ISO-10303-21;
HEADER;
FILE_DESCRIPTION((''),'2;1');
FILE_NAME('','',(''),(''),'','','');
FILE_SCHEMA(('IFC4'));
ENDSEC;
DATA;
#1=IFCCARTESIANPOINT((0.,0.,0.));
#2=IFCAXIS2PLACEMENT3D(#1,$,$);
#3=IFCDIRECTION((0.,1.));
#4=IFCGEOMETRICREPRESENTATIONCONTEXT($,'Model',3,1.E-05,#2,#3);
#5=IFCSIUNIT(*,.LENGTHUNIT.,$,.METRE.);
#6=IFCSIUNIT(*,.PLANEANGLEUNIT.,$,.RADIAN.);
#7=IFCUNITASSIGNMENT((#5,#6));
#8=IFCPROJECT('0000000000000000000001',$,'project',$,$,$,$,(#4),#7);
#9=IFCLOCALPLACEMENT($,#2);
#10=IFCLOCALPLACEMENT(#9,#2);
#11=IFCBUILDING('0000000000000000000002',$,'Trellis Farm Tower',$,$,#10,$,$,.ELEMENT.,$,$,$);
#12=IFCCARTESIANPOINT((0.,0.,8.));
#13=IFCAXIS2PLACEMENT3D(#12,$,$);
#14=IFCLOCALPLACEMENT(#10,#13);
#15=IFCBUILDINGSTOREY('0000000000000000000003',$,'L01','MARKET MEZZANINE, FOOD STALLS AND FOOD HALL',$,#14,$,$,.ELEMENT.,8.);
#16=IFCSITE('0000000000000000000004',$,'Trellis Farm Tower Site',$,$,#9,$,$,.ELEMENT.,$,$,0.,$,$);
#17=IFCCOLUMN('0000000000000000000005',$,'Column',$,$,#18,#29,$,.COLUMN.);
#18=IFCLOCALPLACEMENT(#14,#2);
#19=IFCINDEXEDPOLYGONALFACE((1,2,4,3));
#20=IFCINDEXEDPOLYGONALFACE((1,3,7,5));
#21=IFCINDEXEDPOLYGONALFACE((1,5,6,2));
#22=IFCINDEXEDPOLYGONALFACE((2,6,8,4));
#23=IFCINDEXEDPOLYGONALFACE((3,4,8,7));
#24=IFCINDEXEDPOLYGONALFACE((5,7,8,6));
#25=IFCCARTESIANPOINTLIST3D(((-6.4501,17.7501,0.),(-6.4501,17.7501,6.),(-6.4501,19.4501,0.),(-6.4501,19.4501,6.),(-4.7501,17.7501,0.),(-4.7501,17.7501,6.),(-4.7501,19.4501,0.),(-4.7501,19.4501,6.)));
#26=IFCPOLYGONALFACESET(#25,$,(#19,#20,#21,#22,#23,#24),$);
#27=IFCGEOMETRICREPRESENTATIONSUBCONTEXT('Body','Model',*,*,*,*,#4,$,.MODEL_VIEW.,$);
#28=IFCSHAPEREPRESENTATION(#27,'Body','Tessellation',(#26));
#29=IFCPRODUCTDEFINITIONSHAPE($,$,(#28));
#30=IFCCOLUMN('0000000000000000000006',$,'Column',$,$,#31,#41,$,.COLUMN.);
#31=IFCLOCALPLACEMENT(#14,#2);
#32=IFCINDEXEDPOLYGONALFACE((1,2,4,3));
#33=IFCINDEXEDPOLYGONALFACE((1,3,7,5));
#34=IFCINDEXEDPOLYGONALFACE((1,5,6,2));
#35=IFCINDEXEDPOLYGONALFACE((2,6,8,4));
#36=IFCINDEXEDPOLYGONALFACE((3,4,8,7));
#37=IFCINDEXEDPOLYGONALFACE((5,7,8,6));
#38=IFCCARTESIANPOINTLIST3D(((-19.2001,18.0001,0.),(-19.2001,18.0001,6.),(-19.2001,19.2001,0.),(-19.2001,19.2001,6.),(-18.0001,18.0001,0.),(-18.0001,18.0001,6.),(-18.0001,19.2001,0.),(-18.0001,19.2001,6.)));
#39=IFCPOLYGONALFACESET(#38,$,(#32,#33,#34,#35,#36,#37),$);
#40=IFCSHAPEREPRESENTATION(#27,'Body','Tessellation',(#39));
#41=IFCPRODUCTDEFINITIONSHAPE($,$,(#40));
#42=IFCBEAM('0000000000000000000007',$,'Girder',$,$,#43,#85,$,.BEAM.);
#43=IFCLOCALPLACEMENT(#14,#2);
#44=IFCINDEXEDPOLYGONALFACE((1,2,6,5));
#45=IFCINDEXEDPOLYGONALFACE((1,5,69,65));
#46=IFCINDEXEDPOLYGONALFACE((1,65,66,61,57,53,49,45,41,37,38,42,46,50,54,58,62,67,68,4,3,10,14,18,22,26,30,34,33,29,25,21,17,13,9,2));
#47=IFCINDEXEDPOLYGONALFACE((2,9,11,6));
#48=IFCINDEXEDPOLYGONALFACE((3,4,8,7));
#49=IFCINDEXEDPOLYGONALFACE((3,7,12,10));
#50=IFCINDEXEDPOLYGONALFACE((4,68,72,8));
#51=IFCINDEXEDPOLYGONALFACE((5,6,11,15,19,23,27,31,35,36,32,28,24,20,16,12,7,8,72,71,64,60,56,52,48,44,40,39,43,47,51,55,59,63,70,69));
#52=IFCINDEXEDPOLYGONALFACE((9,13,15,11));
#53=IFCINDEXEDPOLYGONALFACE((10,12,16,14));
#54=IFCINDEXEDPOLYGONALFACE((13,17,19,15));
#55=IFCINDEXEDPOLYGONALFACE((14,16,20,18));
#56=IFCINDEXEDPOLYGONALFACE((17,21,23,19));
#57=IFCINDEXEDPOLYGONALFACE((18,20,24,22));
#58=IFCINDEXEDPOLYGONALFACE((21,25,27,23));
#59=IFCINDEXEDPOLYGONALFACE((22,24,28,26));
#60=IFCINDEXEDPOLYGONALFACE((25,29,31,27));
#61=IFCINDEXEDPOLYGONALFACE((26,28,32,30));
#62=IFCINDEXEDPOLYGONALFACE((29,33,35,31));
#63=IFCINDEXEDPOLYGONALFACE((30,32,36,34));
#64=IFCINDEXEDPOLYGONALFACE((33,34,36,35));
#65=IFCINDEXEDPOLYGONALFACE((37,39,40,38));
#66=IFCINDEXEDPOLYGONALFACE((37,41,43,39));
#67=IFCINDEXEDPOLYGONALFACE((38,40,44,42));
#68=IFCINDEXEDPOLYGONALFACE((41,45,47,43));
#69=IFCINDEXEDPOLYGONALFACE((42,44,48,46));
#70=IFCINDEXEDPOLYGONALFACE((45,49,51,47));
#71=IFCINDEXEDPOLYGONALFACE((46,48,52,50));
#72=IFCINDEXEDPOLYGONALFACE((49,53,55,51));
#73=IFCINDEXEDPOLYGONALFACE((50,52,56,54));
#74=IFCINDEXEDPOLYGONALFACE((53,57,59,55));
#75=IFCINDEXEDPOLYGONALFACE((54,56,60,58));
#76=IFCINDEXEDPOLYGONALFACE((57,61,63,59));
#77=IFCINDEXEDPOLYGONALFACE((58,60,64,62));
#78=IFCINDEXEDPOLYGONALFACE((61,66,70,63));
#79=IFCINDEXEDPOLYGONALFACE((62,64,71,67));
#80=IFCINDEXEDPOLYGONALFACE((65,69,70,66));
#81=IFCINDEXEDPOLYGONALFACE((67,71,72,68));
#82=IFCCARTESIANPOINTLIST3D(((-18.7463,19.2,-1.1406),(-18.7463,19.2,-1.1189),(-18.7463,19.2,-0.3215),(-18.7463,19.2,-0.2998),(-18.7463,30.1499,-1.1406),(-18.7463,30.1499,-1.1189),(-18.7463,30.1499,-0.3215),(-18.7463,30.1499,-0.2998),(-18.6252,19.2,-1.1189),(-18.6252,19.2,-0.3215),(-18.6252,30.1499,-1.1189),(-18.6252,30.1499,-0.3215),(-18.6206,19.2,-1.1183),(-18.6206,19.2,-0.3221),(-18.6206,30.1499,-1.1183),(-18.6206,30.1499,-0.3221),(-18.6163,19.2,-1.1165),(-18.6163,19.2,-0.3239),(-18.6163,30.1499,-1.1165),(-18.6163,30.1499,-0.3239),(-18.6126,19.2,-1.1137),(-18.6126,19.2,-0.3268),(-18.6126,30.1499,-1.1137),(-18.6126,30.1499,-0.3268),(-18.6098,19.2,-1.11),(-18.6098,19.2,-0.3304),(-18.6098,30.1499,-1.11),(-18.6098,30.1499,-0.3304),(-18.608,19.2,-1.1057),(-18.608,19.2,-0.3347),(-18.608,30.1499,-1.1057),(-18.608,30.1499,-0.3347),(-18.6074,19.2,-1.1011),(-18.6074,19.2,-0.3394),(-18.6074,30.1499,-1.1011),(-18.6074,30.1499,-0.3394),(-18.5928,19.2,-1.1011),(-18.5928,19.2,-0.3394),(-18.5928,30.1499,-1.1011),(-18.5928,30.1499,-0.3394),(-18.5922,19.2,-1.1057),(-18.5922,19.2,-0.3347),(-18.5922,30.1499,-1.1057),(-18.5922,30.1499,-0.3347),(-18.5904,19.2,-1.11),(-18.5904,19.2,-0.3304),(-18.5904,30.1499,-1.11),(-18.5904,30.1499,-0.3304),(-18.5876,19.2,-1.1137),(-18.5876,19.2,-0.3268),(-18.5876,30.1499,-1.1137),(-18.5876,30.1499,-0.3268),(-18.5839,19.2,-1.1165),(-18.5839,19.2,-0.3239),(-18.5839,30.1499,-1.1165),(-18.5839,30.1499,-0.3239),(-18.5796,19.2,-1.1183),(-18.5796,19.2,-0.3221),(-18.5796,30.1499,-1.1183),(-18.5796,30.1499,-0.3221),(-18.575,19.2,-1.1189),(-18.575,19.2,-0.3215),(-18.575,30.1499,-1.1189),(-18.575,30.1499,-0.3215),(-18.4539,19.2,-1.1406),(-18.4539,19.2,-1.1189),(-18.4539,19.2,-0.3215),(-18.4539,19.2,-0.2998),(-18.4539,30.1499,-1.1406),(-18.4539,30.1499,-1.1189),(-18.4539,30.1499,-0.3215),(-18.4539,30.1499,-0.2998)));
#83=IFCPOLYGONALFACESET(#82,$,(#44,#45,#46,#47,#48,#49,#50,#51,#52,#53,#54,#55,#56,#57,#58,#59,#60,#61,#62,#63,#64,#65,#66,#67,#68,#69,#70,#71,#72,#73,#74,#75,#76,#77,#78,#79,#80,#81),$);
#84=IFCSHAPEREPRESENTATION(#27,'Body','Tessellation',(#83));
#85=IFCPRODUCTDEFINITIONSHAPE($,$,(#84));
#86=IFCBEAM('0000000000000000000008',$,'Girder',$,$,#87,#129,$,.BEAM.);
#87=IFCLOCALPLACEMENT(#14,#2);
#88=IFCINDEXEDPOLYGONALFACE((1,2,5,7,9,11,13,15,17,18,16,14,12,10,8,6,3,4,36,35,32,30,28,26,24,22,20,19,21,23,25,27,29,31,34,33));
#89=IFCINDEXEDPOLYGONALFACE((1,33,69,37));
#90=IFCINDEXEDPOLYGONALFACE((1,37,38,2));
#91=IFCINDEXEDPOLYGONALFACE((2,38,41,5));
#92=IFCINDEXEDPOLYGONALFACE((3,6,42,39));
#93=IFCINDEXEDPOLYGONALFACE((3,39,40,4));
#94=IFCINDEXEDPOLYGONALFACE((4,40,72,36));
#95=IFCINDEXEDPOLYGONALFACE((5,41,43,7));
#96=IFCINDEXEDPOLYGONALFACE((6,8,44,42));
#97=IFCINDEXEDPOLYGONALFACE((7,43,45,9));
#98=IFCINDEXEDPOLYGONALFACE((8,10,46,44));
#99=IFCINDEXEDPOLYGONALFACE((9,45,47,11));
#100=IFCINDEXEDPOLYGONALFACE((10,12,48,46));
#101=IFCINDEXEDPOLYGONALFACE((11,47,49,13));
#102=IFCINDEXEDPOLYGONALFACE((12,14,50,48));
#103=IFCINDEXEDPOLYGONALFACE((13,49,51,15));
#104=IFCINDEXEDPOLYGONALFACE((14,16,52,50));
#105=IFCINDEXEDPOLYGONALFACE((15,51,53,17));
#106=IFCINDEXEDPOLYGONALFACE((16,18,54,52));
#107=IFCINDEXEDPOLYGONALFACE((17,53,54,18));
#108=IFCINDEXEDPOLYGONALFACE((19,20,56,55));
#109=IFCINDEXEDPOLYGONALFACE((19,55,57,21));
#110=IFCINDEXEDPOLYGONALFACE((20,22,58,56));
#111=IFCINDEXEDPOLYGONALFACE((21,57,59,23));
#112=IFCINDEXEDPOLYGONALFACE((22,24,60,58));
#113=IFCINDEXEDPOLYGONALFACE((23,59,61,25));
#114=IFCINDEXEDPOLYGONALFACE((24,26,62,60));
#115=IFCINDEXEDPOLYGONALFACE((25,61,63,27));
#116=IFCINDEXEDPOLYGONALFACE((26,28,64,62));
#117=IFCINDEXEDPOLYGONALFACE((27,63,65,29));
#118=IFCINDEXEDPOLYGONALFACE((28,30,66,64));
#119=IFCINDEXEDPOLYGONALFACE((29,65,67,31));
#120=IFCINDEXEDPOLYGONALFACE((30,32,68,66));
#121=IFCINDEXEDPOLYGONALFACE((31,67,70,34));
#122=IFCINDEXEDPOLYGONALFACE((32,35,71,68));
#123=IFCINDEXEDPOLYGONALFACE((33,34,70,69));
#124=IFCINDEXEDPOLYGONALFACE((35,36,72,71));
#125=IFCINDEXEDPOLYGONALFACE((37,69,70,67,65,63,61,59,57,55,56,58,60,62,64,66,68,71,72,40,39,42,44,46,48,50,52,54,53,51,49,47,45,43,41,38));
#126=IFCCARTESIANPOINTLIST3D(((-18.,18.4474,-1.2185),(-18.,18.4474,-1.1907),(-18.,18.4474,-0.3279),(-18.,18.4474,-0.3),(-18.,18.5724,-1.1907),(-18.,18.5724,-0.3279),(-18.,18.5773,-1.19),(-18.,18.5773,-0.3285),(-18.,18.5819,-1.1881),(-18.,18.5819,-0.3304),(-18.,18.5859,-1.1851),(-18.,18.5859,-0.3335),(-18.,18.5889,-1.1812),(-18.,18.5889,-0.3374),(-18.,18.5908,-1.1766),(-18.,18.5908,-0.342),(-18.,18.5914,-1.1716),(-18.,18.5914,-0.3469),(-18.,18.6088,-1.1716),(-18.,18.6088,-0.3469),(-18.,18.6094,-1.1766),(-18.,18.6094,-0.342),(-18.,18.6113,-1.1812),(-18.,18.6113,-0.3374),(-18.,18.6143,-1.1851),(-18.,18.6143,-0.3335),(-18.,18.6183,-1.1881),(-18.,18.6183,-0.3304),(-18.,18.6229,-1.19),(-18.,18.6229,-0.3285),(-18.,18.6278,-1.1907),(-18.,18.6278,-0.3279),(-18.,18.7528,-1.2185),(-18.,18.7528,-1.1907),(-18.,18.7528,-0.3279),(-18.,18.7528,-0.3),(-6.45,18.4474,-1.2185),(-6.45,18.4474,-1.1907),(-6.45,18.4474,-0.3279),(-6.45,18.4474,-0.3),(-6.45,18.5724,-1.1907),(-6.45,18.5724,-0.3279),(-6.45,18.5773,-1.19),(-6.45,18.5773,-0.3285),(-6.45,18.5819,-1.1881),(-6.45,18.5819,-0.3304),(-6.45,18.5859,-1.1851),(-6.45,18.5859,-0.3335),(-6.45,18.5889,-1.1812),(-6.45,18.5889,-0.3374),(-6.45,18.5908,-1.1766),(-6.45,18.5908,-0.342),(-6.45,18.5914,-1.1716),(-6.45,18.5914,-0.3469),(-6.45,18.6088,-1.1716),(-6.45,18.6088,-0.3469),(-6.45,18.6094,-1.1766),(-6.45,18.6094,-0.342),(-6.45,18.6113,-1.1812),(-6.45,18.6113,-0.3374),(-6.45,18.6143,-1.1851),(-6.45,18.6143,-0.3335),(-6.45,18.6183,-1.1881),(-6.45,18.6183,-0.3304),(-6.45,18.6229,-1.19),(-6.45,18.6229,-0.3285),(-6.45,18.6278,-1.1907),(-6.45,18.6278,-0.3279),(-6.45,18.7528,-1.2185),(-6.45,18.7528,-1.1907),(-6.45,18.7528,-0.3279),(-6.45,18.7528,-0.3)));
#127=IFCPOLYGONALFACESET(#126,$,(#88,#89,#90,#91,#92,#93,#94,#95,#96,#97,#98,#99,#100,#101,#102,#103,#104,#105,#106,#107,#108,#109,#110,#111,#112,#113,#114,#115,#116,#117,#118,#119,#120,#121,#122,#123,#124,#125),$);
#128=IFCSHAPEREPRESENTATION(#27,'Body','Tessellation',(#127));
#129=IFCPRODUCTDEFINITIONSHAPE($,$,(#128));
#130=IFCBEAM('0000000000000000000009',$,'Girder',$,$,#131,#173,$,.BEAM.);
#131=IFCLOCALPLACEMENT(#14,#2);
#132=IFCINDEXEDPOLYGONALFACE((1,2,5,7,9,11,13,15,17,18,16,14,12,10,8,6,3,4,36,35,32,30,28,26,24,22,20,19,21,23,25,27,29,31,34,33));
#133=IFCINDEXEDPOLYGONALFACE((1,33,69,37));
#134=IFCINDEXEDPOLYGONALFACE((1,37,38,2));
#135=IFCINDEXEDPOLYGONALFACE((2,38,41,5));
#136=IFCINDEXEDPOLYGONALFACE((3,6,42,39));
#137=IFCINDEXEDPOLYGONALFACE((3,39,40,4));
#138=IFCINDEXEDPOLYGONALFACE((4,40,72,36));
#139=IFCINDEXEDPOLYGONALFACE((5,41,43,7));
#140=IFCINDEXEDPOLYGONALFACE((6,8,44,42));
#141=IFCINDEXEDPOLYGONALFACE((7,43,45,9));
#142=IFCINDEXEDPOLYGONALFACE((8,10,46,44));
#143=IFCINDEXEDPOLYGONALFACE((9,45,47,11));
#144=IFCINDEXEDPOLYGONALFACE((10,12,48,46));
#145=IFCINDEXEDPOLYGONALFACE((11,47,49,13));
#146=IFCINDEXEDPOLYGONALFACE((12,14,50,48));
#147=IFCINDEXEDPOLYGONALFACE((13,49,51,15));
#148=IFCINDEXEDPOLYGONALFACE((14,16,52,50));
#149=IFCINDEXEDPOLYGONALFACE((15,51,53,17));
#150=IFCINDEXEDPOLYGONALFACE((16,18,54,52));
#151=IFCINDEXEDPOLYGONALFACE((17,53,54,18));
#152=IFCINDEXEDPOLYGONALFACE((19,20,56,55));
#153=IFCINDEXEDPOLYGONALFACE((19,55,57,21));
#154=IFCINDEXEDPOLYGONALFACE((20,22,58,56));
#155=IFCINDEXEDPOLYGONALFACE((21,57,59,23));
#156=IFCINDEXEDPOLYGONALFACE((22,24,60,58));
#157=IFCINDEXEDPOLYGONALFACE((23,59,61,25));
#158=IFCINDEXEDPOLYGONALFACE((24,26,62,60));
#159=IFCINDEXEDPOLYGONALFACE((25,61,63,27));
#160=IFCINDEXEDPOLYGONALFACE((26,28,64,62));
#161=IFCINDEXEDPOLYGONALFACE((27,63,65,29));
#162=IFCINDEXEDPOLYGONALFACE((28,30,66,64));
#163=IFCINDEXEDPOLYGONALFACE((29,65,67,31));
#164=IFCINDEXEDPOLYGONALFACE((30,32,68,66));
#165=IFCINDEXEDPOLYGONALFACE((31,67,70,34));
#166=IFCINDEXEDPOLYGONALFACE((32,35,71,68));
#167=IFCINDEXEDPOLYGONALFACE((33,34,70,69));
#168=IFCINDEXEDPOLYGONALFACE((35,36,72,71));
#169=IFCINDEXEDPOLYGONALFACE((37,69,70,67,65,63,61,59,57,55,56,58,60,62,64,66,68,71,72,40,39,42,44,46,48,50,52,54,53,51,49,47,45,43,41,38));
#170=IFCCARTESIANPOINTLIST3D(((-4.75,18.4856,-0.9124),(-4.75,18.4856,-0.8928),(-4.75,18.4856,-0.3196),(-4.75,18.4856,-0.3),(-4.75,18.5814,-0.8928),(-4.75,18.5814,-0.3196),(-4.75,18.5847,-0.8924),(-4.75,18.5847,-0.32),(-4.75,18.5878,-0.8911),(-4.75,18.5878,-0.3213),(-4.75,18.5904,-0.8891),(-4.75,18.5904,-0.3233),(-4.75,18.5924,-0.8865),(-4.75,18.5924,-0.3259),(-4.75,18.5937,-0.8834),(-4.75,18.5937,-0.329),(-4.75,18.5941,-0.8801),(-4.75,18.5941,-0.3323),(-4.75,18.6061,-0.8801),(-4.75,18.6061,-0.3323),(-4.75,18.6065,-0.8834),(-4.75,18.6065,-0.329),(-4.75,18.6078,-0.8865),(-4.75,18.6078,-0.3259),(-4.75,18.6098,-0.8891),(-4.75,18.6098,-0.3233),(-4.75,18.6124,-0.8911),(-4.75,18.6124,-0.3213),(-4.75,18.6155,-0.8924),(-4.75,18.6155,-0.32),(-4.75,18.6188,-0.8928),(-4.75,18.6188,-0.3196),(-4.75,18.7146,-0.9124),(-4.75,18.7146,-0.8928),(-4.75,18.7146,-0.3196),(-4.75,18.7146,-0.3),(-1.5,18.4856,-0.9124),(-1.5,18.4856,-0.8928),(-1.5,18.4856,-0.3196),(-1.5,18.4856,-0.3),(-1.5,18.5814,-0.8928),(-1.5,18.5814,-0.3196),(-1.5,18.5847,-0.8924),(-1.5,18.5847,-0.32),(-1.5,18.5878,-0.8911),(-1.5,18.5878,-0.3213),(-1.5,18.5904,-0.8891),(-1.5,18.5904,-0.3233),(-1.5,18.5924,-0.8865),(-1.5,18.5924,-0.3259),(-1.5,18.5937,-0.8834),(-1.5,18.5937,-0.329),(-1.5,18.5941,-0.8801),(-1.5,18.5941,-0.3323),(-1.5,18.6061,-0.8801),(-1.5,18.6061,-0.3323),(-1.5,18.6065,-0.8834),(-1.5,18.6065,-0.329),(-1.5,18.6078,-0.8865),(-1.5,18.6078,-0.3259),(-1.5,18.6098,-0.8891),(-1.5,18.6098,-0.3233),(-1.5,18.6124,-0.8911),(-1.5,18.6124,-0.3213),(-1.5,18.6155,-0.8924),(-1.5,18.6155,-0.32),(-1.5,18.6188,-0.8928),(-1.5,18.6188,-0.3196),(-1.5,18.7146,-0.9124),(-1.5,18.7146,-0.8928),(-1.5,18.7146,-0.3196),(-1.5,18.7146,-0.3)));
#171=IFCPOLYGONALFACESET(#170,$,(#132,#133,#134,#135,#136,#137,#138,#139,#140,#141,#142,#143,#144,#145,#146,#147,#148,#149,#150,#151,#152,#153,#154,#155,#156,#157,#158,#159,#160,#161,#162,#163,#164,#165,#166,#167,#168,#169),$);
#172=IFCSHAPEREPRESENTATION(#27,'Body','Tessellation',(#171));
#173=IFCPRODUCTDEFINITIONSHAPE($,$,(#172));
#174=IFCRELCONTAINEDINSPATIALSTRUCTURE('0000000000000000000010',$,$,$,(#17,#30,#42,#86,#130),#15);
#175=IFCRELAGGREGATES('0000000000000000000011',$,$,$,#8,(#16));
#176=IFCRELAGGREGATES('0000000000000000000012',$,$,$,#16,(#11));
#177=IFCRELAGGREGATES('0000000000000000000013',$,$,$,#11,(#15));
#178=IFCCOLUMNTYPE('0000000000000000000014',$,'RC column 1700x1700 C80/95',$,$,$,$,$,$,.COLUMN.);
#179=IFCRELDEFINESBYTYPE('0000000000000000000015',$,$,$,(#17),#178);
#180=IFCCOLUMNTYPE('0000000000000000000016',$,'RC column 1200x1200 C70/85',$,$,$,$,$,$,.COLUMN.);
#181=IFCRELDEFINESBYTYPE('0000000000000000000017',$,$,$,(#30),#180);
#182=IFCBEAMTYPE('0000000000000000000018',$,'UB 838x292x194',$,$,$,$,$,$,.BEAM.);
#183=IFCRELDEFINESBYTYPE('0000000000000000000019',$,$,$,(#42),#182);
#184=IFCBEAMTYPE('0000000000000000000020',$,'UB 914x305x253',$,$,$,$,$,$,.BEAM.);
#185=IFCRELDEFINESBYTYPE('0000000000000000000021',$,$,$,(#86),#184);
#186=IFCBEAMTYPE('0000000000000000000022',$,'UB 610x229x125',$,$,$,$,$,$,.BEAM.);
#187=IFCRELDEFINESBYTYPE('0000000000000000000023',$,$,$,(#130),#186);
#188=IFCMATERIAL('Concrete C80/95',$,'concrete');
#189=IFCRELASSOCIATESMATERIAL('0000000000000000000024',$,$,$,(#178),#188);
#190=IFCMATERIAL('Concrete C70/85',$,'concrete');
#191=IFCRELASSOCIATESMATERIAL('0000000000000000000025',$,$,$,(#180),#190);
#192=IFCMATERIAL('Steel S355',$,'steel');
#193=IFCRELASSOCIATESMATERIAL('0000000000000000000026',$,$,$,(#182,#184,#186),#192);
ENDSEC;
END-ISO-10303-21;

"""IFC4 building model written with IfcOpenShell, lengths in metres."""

from ifc_helpers import new_model, si_unit, direction, frame, origin, origin_2d, place, context, subcontext, project, spatial, rectangle, i_section, extrude, source, transform, mapped, material, material_profile, profile_set, type_object, element, save


model = new_model("IFC4")

# Units and contexts
model_context = context("Model", 3, precision=1e-05, world=origin(), true_north=direction((0.0, 1.0)))
body_context = subcontext(model_context, "Body", "Model", "MODEL_VIEW")
ifc_project = project(units=[si_unit("LENGTHUNIT", "METRE"), si_unit("PLANEANGLEUNIT", "RADIAN")], contexts=[model_context])

# Site, building, storey
site_placement = place(None, origin())
site = spatial("IfcSite", under=ifc_project, at=site_placement, Name="Trellis Farm Tower Site", CompositionType="ELEMENT", RefElevation=0.0)
building_placement = place(site_placement, origin())
building = spatial("IfcBuilding", under=site, at=building_placement, Name="Trellis Farm Tower", CompositionType="ELEMENT")
storey_placement = place(building_placement, frame((0.0, 0.0, 8.0)))
storey = spatial("IfcBuildingStorey", under=building, at=storey_placement, Name="L01", Description="MARKET MEZZANINE, FOOD STALLS AND FOOD HALL", CompositionType="ELEMENT", Elevation=8.0)

# Columns
ifc_material_1 = material(Name="Concrete C80/95", Category="concrete")
ifc_material_profile_1 = material_profile(ifc_material_1, rectangle(XDim=1.7, YDim=1.7, at=origin_2d()), Name="RC column 1700x1700 C80/95")
ifc_profile_set_1 = profile_set([ifc_material_profile_1], Name="Concrete C80/95")
column_type_1 = type_object("IfcColumnType", Name="RC column 1700x1700 C80/95", PredefinedType="COLUMN", material=ifc_profile_set_1)
shared_shape_1 = source(origin(), body_context, "Body", "SweptSolid", [
    extrude(rectangle(XDim=1.7, YDim=1.7, at=origin_2d()), origin(), (0.0, 0.0, 1.0), 6.0),
])
column_1_placement = place(storey_placement, frame((-5.6001, 18.6001, 0.0), z_axis=(0.0, 0.0, 1.0), x_axis=(1.0, 0.0, 0.0)))
element("IfcColumn", 1, at=column_1_placement, inside=storey, type_object=column_type_1, Name="Column", PredefinedType="COLUMN", context=body_context, shape_type="MappedRepresentation", body=[
    mapped(shared_shape_1, transform((0.0, 0.0, 0.0))),
])
ifc_material_2 = material(Name="Concrete C70/85", Category="concrete")
ifc_material_profile_2 = material_profile(ifc_material_2, rectangle(XDim=1.2, YDim=1.2, at=origin_2d()), Name="RC column 1200x1200 C70/85")
ifc_profile_set_2 = profile_set([ifc_material_profile_2], Name="Concrete C70/85")
column_type_2 = type_object("IfcColumnType", Name="RC column 1200x1200 C70/85", PredefinedType="COLUMN", material=ifc_profile_set_2)
shared_shape_2 = source(origin(), body_context, "Body", "SweptSolid", [
    extrude(rectangle(XDim=1.2, YDim=1.2, at=origin_2d()), origin(), (0.0, 0.0, 1.0), 6.0),
])
column_2_placement = place(storey_placement, frame((-18.6001, 18.6001, 0.0), z_axis=(0.0, 0.0, 1.0), x_axis=(1.0, 0.0, 0.0)))
element("IfcColumn", 2, at=column_2_placement, inside=storey, type_object=column_type_2, Name="Column", PredefinedType="COLUMN", context=body_context, shape_type="MappedRepresentation", body=[
    mapped(shared_shape_2, transform((0.0, 0.0, 0.0))),
])

# Beams
ifc_material_3 = material(Name="Steel S355", Category="steel")
ifc_material_profile_3 = material_profile(ifc_material_3, i_section(OverallWidth=0.2925, OverallDepth=0.8408, WebThickness=0.0146, FlangeThickness=0.0217, FilletRadius=0.0178, at=origin_2d()), Name="UB 838x292x194")
ifc_profile_set_3 = profile_set([ifc_material_profile_3], Name="Steel S355")
beam_type_1 = type_object("IfcBeamType", Name="UB 838x292x194", PredefinedType="BEAM", material=ifc_profile_set_3)
shared_shape_3 = source(origin(), body_context, "Body", "SweptSolid", [
    extrude(i_section(OverallWidth=0.2925, OverallDepth=0.8408, WebThickness=0.0146, FlangeThickness=0.0217, FilletRadius=0.0178, at=origin_2d()), origin(), (0.0, 0.0, 1.0), 10.95),
])
beam_1_placement = place(storey_placement, frame((-18.6001, 19.2, -0.7202), z_axis=(0.0, 1.0, 0.0), x_axis=(-1.0, 0.0, 0.0)))
element("IfcBeam", 3, at=beam_1_placement, inside=storey, type_object=beam_type_1, Name="Girder", PredefinedType="BEAM", context=body_context, shape_type="MappedRepresentation", body=[
    mapped(shared_shape_3, transform((0.0, 0.0, 0.0))),
])
ifc_material_profile_4 = material_profile(ifc_material_3, i_section(OverallWidth=0.3054, OverallDepth=0.9185, WebThickness=0.0173, FlangeThickness=0.0278, FilletRadius=0.019, at=origin_2d()), Name="UB 914x305x253")
ifc_profile_set_4 = profile_set([ifc_material_profile_4], Name="Steel S355")
beam_type_2 = type_object("IfcBeamType", Name="UB 914x305x253", PredefinedType="BEAM", material=ifc_profile_set_4)
shared_shape_4 = source(origin(), body_context, "Body", "SweptSolid", [
    extrude(i_section(OverallWidth=0.3054, OverallDepth=0.9185, WebThickness=0.0173, FlangeThickness=0.0278, FilletRadius=0.019, at=origin_2d()), origin(), (0.0, 0.0, 1.0), 11.55),
])
beam_2_placement = place(storey_placement, frame((-18.0, 18.6001, -0.7593), z_axis=(1.0, 0.0, 0.0), x_axis=(0.0, 1.0, 0.0)))
element("IfcBeam", 4, at=beam_2_placement, inside=storey, type_object=beam_type_2, Name="Girder", PredefinedType="BEAM", context=body_context, shape_type="MappedRepresentation", body=[
    mapped(shared_shape_4, transform((0.0, 0.0, 0.0))),
])
ifc_material_profile_5 = material_profile(ifc_material_3, i_section(OverallWidth=0.229, OverallDepth=0.6123, WebThickness=0.012, FlangeThickness=0.0195, FilletRadius=0.0127, at=origin_2d()), Name="UB 610x229x125")
ifc_profile_set_5 = profile_set([ifc_material_profile_5], Name="Steel S355")
beam_type_3 = type_object("IfcBeamType", Name="UB 610x229x125", PredefinedType="BEAM", material=ifc_profile_set_5)
shared_shape_5 = source(origin(), body_context, "Body", "SweptSolid", [
    extrude(i_section(OverallWidth=0.229, OverallDepth=0.6123, WebThickness=0.012, FlangeThickness=0.0195, FilletRadius=0.0127, at=origin_2d()), origin(), (0.0, 0.0, 1.0), 3.25),
])
beam_3_placement = place(storey_placement, frame((-4.75, 18.6001, -0.6062), z_axis=(1.0, 0.0, 0.0), x_axis=(0.0, 1.0, 0.0)))
element("IfcBeam", 5, at=beam_3_placement, inside=storey, type_object=beam_type_3, Name="Girder", PredefinedType="BEAM", context=body_context, shape_type="MappedRepresentation", body=[
    mapped(shared_shape_5, transform((0.0, 0.0, 0.0))),
])

save(model, "model.ifc")
